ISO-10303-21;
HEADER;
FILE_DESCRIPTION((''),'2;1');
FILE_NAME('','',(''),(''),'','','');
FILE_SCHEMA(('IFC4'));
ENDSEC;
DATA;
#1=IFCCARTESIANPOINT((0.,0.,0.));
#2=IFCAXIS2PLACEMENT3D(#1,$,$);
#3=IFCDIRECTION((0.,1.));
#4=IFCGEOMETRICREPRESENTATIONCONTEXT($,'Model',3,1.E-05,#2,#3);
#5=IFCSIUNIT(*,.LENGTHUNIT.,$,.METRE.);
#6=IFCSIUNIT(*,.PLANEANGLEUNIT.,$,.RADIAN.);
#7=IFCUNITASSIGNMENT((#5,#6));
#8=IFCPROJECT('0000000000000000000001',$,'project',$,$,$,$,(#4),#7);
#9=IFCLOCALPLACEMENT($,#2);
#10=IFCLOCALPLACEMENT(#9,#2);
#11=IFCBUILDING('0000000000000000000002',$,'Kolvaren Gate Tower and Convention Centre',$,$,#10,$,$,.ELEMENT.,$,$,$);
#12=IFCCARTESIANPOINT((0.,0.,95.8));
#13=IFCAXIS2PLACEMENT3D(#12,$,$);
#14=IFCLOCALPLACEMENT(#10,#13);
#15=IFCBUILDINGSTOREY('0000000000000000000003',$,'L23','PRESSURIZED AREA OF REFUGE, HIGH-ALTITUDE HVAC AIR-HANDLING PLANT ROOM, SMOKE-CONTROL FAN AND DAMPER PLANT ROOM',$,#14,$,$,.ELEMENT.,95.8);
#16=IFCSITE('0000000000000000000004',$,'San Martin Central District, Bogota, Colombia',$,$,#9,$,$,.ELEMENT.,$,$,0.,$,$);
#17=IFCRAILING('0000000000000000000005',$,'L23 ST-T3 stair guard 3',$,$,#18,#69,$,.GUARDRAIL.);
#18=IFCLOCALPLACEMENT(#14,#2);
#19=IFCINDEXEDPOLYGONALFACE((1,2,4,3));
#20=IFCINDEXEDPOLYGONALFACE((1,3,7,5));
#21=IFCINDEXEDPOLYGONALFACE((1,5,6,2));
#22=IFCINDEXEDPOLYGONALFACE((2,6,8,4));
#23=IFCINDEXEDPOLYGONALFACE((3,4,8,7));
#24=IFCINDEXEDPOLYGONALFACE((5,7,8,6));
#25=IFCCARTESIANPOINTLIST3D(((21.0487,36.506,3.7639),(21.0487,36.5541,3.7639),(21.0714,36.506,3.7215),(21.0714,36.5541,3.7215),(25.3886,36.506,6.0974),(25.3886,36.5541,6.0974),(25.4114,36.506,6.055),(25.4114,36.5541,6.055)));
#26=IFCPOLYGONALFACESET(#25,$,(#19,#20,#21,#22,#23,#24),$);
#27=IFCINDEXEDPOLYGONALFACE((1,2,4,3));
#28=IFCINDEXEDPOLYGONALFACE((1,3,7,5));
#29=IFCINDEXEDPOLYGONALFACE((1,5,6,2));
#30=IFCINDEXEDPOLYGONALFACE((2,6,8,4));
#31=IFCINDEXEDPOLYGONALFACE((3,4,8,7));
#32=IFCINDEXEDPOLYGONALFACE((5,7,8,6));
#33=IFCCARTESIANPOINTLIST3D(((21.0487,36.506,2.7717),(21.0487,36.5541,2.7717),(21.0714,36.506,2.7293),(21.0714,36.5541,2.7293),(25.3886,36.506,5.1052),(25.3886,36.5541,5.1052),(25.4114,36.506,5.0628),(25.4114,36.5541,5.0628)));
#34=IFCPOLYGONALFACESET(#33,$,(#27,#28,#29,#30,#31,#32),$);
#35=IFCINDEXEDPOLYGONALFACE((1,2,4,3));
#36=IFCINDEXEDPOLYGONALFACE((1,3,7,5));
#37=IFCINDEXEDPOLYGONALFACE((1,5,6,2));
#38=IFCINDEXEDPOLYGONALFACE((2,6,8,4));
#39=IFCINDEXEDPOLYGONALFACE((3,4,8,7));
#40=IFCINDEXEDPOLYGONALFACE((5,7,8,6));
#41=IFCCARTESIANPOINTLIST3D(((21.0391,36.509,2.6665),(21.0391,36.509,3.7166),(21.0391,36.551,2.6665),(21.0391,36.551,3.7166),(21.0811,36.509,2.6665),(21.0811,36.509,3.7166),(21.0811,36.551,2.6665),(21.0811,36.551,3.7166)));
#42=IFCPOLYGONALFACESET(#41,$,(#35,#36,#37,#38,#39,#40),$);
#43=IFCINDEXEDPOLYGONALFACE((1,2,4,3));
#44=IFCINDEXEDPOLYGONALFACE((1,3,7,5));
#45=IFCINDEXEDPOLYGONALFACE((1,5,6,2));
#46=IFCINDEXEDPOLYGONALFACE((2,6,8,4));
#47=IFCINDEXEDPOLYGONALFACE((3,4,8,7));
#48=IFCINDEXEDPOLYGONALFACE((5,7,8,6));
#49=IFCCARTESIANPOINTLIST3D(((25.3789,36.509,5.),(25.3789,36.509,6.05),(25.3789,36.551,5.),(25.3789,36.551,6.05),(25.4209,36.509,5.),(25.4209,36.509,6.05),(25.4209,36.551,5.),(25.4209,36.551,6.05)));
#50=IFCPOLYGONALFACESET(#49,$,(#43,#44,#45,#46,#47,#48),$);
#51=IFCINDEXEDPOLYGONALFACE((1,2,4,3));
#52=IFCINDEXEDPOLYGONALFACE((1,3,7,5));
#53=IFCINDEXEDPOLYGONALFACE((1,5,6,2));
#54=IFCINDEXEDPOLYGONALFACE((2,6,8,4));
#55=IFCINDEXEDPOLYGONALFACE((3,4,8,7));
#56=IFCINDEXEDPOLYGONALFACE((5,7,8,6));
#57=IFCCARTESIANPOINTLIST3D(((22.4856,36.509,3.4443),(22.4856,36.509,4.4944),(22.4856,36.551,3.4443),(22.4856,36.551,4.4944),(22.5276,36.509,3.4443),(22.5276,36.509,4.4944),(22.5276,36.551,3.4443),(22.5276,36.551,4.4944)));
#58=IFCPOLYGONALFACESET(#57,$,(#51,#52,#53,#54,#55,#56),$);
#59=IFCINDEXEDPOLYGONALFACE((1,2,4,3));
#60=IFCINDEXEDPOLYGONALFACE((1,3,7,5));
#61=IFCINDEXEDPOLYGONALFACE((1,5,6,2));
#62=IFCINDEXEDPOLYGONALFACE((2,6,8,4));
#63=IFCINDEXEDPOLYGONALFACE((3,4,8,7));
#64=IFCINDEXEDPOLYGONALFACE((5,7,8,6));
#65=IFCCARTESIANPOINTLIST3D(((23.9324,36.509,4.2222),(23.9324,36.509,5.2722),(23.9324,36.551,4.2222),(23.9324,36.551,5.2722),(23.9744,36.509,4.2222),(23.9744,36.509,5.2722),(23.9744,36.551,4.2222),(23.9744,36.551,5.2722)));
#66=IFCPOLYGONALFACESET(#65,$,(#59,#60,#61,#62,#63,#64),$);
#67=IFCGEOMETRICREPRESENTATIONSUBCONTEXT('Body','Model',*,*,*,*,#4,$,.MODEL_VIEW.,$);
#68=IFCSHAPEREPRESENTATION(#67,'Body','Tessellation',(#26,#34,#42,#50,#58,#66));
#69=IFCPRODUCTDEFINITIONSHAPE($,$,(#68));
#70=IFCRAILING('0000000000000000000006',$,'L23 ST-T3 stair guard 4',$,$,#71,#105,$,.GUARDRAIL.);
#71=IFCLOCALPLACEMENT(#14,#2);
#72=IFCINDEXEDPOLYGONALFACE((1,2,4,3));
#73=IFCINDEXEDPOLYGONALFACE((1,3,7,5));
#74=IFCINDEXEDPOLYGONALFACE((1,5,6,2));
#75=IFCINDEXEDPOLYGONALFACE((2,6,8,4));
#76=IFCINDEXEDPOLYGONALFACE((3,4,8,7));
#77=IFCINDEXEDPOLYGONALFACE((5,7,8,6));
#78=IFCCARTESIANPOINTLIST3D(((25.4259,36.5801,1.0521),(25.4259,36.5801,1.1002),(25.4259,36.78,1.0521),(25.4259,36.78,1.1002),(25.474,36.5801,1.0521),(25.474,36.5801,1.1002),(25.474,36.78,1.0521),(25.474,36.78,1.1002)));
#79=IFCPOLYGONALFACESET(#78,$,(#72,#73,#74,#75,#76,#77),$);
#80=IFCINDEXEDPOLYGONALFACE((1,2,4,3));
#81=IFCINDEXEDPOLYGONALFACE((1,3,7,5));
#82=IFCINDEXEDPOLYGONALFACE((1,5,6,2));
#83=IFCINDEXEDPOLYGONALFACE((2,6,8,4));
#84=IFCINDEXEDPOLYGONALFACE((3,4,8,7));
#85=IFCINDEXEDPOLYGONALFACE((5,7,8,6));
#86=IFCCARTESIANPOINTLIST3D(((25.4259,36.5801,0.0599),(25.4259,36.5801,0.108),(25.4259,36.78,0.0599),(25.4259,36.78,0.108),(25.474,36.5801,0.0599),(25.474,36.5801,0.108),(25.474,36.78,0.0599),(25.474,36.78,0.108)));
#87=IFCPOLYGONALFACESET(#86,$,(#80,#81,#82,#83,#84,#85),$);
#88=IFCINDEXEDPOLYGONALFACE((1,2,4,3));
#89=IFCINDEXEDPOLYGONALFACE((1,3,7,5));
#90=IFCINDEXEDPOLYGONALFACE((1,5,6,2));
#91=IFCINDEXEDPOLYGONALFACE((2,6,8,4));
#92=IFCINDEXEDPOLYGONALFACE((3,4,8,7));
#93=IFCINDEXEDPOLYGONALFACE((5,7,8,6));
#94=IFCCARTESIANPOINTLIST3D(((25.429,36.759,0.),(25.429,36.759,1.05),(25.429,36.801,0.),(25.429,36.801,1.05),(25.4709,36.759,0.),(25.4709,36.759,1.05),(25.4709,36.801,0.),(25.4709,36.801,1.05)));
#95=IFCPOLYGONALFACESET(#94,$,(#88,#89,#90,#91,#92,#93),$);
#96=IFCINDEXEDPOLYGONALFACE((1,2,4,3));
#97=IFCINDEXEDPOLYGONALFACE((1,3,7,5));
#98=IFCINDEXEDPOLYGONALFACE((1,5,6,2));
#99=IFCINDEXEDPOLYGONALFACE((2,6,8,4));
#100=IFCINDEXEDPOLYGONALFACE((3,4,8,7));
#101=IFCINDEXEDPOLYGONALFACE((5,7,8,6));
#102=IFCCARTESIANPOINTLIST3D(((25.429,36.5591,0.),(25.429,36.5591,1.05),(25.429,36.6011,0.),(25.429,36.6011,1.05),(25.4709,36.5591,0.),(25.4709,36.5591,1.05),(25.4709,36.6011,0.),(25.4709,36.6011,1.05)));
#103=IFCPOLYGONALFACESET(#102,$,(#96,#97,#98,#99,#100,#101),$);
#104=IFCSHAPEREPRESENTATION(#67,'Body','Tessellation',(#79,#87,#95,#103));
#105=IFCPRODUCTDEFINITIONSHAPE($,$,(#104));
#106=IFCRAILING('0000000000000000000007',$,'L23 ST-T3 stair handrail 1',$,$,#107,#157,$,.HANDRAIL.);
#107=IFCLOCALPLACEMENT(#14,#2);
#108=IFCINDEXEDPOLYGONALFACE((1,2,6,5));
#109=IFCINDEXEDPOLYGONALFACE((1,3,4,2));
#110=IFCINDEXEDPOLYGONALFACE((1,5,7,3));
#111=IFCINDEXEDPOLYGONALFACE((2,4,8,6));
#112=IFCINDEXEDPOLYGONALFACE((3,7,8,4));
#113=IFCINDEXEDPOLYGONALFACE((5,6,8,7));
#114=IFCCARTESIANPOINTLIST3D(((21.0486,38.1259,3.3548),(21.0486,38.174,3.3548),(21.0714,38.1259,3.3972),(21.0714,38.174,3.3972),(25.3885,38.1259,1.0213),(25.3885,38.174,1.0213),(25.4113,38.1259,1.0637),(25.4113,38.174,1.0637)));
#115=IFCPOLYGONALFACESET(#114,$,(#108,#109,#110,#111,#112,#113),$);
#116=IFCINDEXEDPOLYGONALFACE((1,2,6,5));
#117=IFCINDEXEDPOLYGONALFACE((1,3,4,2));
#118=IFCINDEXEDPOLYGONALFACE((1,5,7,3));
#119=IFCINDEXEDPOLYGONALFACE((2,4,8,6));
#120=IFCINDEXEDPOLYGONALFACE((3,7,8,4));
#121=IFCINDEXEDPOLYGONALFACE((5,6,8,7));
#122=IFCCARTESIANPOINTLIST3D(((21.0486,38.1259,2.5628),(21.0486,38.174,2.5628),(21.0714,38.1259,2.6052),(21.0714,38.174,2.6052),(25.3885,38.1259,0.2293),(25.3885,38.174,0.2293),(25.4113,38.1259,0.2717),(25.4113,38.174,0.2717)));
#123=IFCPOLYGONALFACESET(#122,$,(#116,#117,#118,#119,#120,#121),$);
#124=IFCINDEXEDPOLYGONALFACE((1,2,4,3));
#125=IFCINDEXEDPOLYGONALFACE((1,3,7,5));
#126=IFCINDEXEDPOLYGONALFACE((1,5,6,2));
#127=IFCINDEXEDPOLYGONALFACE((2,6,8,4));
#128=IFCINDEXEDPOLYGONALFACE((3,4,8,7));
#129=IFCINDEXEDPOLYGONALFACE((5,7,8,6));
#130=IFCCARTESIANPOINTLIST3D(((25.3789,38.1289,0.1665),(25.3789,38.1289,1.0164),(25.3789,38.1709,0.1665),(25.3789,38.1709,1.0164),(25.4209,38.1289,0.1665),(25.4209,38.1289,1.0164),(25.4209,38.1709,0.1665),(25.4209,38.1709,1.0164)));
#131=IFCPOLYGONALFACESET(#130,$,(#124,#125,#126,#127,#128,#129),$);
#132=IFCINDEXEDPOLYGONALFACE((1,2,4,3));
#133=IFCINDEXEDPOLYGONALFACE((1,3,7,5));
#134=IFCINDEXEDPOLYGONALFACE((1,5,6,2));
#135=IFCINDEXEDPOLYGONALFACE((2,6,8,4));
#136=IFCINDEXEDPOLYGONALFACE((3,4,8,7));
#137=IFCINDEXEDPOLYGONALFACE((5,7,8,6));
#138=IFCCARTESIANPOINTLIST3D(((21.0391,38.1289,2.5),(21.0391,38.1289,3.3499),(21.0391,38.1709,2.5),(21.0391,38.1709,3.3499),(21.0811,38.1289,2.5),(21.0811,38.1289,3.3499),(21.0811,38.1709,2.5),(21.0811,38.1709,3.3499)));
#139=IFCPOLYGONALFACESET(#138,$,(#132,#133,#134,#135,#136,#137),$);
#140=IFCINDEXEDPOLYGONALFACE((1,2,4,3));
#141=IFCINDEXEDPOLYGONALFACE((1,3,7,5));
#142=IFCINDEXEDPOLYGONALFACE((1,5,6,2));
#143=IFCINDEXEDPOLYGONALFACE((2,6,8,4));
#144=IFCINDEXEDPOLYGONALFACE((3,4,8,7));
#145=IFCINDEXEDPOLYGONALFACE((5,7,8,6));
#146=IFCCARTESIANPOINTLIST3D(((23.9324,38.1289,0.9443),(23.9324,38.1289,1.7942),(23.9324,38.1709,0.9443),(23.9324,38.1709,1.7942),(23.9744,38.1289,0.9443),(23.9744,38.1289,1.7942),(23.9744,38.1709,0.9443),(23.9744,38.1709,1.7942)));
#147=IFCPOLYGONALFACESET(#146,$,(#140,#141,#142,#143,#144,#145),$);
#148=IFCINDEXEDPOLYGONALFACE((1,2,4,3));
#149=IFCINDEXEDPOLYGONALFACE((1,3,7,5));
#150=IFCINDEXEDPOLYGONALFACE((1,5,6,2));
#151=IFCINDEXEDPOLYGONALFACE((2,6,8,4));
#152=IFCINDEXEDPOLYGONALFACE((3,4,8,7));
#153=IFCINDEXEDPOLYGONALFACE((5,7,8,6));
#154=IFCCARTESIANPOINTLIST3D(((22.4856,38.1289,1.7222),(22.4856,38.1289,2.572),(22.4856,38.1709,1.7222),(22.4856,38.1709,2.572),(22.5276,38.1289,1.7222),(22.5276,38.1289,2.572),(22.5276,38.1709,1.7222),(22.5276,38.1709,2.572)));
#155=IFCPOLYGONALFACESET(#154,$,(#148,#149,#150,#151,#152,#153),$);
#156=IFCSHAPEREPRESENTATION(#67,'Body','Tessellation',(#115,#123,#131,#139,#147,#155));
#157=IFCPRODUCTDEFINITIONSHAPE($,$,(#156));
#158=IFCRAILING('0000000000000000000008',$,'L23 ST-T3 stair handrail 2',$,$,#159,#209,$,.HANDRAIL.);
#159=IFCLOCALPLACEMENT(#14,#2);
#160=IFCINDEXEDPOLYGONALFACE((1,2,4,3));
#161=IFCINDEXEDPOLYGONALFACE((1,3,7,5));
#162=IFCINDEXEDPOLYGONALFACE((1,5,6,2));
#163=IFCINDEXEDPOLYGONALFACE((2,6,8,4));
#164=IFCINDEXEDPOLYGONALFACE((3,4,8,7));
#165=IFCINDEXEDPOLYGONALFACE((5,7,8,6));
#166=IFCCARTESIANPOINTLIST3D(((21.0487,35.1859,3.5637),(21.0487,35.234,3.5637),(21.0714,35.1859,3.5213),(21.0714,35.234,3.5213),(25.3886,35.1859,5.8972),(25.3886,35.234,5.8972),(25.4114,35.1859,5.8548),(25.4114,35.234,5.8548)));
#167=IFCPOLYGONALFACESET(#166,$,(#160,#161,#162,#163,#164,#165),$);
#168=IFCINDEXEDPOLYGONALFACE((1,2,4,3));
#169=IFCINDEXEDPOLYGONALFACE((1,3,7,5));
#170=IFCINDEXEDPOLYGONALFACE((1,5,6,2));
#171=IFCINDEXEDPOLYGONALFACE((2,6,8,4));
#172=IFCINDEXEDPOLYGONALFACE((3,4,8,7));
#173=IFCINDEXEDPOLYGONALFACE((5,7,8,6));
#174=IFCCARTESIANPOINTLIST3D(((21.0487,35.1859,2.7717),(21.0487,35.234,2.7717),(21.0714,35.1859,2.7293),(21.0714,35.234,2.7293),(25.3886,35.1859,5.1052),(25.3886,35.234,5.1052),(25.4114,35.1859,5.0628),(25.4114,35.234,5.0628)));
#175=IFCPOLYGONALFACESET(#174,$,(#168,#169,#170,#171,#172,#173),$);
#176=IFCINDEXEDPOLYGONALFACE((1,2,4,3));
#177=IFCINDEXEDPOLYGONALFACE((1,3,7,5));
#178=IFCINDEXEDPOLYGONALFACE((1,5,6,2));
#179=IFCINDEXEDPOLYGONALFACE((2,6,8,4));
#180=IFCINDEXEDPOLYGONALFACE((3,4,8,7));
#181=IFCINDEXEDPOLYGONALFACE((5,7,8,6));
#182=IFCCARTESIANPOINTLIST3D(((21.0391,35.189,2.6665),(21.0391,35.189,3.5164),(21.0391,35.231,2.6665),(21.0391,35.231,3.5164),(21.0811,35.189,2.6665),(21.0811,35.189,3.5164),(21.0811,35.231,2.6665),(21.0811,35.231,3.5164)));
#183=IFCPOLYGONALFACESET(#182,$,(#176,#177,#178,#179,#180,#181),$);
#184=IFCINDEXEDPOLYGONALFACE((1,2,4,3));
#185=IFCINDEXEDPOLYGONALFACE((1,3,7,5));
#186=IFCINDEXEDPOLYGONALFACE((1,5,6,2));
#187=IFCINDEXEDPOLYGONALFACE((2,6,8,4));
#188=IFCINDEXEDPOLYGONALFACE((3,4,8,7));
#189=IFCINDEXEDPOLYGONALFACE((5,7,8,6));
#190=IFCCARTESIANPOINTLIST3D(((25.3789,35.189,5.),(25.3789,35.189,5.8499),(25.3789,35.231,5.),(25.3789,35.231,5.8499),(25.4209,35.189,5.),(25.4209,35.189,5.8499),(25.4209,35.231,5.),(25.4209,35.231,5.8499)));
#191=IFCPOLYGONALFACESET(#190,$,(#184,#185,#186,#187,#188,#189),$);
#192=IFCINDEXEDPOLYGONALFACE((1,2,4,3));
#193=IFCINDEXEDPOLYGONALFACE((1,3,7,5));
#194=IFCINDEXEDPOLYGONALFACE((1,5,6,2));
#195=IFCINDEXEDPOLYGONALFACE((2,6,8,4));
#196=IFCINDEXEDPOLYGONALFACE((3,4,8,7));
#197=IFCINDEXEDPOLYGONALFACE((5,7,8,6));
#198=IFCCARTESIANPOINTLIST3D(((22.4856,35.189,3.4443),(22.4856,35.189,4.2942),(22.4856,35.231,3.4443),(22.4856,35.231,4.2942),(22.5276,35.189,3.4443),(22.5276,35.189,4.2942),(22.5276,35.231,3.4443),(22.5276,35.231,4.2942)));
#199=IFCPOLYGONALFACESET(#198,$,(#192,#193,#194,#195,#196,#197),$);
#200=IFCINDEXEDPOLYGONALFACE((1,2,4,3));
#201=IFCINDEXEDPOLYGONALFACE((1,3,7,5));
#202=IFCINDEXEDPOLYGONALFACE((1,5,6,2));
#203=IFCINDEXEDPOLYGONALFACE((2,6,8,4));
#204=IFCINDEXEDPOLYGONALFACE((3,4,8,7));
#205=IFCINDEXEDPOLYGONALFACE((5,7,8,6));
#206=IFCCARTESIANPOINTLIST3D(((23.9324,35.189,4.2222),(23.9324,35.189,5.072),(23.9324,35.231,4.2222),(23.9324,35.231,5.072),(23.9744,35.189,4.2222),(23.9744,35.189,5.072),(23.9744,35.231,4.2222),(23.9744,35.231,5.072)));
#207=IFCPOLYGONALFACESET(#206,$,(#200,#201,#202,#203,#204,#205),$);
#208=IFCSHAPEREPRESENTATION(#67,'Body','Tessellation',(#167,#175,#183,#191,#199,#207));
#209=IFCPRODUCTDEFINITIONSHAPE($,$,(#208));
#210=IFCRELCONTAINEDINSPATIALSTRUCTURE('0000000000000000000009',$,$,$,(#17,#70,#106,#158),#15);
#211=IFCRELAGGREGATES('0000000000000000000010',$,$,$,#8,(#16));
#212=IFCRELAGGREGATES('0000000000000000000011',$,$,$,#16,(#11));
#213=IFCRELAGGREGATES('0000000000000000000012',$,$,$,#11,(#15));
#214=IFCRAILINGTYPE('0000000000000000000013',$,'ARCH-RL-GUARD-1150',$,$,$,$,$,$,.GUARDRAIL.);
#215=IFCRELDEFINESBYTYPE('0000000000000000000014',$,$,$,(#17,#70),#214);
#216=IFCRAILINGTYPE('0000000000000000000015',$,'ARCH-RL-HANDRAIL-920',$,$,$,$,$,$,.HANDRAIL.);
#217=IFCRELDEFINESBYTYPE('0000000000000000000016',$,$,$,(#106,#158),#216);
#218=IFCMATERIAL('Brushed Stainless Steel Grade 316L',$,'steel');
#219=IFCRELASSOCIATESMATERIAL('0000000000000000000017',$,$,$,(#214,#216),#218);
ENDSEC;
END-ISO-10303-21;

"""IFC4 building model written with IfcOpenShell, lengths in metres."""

from ifc_helpers import new_model, si_unit, direction, frame, origin, origin_2d, place, context, subcontext, project, spatial, rectangle, extrude, material, type_object, element, save


model = new_model("IFC4")

# Units and contexts
model_context = context("Model", 3, precision=1e-05, world=origin(), true_north=direction((0.0, 1.0)))
body_context = subcontext(model_context, "Body", "Model", "MODEL_VIEW")
ifc_project = project(units=[si_unit("LENGTHUNIT", "METRE"), si_unit("PLANEANGLEUNIT", "RADIAN")], contexts=[model_context])

# Site, building, storey
site_placement = place(None, origin())
site = spatial("IfcSite", under=ifc_project, at=site_placement, Name="San Martin Central District, Bogota, Colombia", CompositionType="ELEMENT", RefElevation=0.0)
building_placement = place(site_placement, origin())
building = spatial("IfcBuilding", under=site, at=building_placement, Name="Kolvaren Gate Tower and Convention Centre", CompositionType="ELEMENT")
storey_placement = place(building_placement, frame((0.0, 0.0, 95.8)))
storey = spatial("IfcBuildingStorey", under=building, at=storey_placement, Name="L23", Description="PRESSURIZED AREA OF REFUGE, HIGH-ALTITUDE HVAC AIR-HANDLING PLANT ROOM, SMOKE-CONTROL FAN AND DAMPER PLANT ROOM", CompositionType="ELEMENT", Elevation=95.8)

# Railings
ifc_material_1 = material(Name="Brushed Stainless Steel Grade 316L", Category="steel")
railing_type_1 = type_object("IfcRailingType", Name="ARCH-RL-GUARD-1150", PredefinedType="GUARDRAIL", material=ifc_material_1)
railing_1_placement = place(storey_placement, frame((21.0601, 36.53, 2.6665)))
element("IfcRailing", 1, at=railing_1_placement, inside=storey, type_object=railing_type_1, Name="L23 ST-T3 stair guard 3", PredefinedType="GUARDRAIL", context=body_context, shape_type="SweptSolid", body=[
    extrude(rectangle(XDim=0.0481, YDim=0.0481, at=origin_2d()), frame((0.0, 0.0, 1.0762), z_axis=(0.880754, 0.0, 0.473574), x_axis=(0.0, 1.0, 0.0)), (0.0, 0.0, 1.0), 4.9275),
    extrude(rectangle(XDim=0.0481, YDim=0.0481, at=origin_2d()), frame((0.0, 0.0, 0.084), z_axis=(0.880754, 0.0, 0.473574), x_axis=(0.0, 1.0, 0.0)), (0.0, 0.0, 1.0), 4.9275),
    extrude(rectangle(XDim=0.042, YDim=0.042, at=origin_2d()), origin(), (0.0, 0.0, 1.0), 1.05),
    extrude(rectangle(XDim=0.042, YDim=0.042, at=origin_2d()), frame((4.3398, 0.0, 2.3335)), (0.0, 0.0, 1.0), 1.05),
    extrude(rectangle(XDim=0.042, YDim=0.042, at=origin_2d()), frame((1.4465, 0.0, 0.7778)), (0.0, 0.0, 1.0), 1.05),
    extrude(rectangle(XDim=0.042, YDim=0.042, at=origin_2d()), frame((2.8933, 0.0, 1.5557)), (0.0, 0.0, 1.0), 1.05),
])
railing_2_placement = place(storey_placement, frame((25.45, 36.78, 0.0)))
element("IfcRailing", 2, at=railing_2_placement, inside=storey, type_object=railing_type_1, Name="L23 ST-T3 stair guard 4", PredefinedType="GUARDRAIL", context=body_context, shape_type="SweptSolid", body=[
    extrude(rectangle(XDim=0.0481, YDim=0.0481, at=origin_2d()), frame((0.0, 0.0, 1.0762), z_axis=(0.0, -1.0, 0.0), x_axis=(1.0, 0.0, 0.0)), (0.0, 0.0, 1.0), 0.2),
    extrude(rectangle(XDim=0.0481, YDim=0.0481, at=origin_2d()), frame((0.0, 0.0, 0.084), z_axis=(0.0, -1.0, 0.0), x_axis=(1.0, 0.0, 0.0)), (0.0, 0.0, 1.0), 0.2),
    extrude(rectangle(XDim=0.042, YDim=0.042, at=origin_2d()), origin(), (0.0, 0.0, 1.0), 1.05),
    extrude(rectangle(XDim=0.042, YDim=0.042, at=origin_2d()), frame((0.0, -0.2, 0.0)), (0.0, 0.0, 1.0), 1.05),
])
railing_type_2 = type_object("IfcRailingType", Name="ARCH-RL-HANDRAIL-920", PredefinedType="HANDRAIL", material=ifc_material_1)
railing_3_placement = place(storey_placement, frame((25.3999, 38.1499, 0.1665)))
element("IfcRailing", 3, at=railing_3_placement, inside=storey, type_object=railing_type_2, Name="L23 ST-T3 stair handrail 1", PredefinedType="HANDRAIL", context=body_context, shape_type="SweptSolid", body=[
    extrude(rectangle(XDim=0.0481, YDim=0.0481, at=origin_2d()), frame((0.0, 0.0, 0.876), z_axis=(-0.880754, 0.0, 0.473574), x_axis=(0.0, -1.0, 0.0)), (0.0, 0.0, 1.0), 4.9275),
    extrude(rectangle(XDim=0.0481, YDim=0.0481, at=origin_2d()), frame((0.0, 0.0, 0.084), z_axis=(-0.880754, 0.0, 0.473574), x_axis=(0.0, -1.0, 0.0)), (0.0, 0.0, 1.0), 4.9275),
    extrude(rectangle(XDim=0.042, YDim=0.042, at=origin_2d()), origin(), (0.0, 0.0, 1.0), 0.8499),
    extrude(rectangle(XDim=0.042, YDim=0.042, at=origin_2d()), frame((-4.3398, 0.0, 2.3335)), (0.0, 0.0, 1.0), 0.8499),
    extrude(rectangle(XDim=0.042, YDim=0.042, at=origin_2d()), frame((-1.4465, 0.0, 0.7778)), (0.0, 0.0, 1.0), 0.8499),
    extrude(rectangle(XDim=0.042, YDim=0.042, at=origin_2d()), frame((-2.8933, 0.0, 1.5557)), (0.0, 0.0, 1.0), 0.8499),
])
railing_4_placement = place(storey_placement, frame((21.0601, 35.21, 2.6665)))
element("IfcRailing", 4, at=railing_4_placement, inside=storey, type_object=railing_type_2, Name="L23 ST-T3 stair handrail 2", PredefinedType="HANDRAIL", context=body_context, shape_type="SweptSolid", body=[
    extrude(rectangle(XDim=0.0481, YDim=0.0481, at=origin_2d()), frame((0.0, 0.0, 0.876), z_axis=(0.880754, 0.0, 0.473574), x_axis=(0.0, 1.0, 0.0)), (0.0, 0.0, 1.0), 4.9275),
    extrude(rectangle(XDim=0.0481, YDim=0.0481, at=origin_2d()), frame((0.0, 0.0, 0.084), z_axis=(0.880754, 0.0, 0.473574), x_axis=(0.0, 1.0, 0.0)), (0.0, 0.0, 1.0), 4.9275),
    extrude(rectangle(XDim=0.042, YDim=0.042, at=origin_2d()), origin(), (0.0, 0.0, 1.0), 0.8499),
    extrude(rectangle(XDim=0.042, YDim=0.042, at=origin_2d()), frame((4.3398, 0.0, 2.3335)), (0.0, 0.0, 1.0), 0.8499),
    extrude(rectangle(XDim=0.042, YDim=0.042, at=origin_2d()), frame((1.4465, 0.0, 0.7778)), (0.0, 0.0, 1.0), 0.8499),
    extrude(rectangle(XDim=0.042, YDim=0.042, at=origin_2d()), frame((2.8933, 0.0, 1.5557)), (0.0, 0.0, 1.0), 0.8499),
])

save(model, "model.ifc")
